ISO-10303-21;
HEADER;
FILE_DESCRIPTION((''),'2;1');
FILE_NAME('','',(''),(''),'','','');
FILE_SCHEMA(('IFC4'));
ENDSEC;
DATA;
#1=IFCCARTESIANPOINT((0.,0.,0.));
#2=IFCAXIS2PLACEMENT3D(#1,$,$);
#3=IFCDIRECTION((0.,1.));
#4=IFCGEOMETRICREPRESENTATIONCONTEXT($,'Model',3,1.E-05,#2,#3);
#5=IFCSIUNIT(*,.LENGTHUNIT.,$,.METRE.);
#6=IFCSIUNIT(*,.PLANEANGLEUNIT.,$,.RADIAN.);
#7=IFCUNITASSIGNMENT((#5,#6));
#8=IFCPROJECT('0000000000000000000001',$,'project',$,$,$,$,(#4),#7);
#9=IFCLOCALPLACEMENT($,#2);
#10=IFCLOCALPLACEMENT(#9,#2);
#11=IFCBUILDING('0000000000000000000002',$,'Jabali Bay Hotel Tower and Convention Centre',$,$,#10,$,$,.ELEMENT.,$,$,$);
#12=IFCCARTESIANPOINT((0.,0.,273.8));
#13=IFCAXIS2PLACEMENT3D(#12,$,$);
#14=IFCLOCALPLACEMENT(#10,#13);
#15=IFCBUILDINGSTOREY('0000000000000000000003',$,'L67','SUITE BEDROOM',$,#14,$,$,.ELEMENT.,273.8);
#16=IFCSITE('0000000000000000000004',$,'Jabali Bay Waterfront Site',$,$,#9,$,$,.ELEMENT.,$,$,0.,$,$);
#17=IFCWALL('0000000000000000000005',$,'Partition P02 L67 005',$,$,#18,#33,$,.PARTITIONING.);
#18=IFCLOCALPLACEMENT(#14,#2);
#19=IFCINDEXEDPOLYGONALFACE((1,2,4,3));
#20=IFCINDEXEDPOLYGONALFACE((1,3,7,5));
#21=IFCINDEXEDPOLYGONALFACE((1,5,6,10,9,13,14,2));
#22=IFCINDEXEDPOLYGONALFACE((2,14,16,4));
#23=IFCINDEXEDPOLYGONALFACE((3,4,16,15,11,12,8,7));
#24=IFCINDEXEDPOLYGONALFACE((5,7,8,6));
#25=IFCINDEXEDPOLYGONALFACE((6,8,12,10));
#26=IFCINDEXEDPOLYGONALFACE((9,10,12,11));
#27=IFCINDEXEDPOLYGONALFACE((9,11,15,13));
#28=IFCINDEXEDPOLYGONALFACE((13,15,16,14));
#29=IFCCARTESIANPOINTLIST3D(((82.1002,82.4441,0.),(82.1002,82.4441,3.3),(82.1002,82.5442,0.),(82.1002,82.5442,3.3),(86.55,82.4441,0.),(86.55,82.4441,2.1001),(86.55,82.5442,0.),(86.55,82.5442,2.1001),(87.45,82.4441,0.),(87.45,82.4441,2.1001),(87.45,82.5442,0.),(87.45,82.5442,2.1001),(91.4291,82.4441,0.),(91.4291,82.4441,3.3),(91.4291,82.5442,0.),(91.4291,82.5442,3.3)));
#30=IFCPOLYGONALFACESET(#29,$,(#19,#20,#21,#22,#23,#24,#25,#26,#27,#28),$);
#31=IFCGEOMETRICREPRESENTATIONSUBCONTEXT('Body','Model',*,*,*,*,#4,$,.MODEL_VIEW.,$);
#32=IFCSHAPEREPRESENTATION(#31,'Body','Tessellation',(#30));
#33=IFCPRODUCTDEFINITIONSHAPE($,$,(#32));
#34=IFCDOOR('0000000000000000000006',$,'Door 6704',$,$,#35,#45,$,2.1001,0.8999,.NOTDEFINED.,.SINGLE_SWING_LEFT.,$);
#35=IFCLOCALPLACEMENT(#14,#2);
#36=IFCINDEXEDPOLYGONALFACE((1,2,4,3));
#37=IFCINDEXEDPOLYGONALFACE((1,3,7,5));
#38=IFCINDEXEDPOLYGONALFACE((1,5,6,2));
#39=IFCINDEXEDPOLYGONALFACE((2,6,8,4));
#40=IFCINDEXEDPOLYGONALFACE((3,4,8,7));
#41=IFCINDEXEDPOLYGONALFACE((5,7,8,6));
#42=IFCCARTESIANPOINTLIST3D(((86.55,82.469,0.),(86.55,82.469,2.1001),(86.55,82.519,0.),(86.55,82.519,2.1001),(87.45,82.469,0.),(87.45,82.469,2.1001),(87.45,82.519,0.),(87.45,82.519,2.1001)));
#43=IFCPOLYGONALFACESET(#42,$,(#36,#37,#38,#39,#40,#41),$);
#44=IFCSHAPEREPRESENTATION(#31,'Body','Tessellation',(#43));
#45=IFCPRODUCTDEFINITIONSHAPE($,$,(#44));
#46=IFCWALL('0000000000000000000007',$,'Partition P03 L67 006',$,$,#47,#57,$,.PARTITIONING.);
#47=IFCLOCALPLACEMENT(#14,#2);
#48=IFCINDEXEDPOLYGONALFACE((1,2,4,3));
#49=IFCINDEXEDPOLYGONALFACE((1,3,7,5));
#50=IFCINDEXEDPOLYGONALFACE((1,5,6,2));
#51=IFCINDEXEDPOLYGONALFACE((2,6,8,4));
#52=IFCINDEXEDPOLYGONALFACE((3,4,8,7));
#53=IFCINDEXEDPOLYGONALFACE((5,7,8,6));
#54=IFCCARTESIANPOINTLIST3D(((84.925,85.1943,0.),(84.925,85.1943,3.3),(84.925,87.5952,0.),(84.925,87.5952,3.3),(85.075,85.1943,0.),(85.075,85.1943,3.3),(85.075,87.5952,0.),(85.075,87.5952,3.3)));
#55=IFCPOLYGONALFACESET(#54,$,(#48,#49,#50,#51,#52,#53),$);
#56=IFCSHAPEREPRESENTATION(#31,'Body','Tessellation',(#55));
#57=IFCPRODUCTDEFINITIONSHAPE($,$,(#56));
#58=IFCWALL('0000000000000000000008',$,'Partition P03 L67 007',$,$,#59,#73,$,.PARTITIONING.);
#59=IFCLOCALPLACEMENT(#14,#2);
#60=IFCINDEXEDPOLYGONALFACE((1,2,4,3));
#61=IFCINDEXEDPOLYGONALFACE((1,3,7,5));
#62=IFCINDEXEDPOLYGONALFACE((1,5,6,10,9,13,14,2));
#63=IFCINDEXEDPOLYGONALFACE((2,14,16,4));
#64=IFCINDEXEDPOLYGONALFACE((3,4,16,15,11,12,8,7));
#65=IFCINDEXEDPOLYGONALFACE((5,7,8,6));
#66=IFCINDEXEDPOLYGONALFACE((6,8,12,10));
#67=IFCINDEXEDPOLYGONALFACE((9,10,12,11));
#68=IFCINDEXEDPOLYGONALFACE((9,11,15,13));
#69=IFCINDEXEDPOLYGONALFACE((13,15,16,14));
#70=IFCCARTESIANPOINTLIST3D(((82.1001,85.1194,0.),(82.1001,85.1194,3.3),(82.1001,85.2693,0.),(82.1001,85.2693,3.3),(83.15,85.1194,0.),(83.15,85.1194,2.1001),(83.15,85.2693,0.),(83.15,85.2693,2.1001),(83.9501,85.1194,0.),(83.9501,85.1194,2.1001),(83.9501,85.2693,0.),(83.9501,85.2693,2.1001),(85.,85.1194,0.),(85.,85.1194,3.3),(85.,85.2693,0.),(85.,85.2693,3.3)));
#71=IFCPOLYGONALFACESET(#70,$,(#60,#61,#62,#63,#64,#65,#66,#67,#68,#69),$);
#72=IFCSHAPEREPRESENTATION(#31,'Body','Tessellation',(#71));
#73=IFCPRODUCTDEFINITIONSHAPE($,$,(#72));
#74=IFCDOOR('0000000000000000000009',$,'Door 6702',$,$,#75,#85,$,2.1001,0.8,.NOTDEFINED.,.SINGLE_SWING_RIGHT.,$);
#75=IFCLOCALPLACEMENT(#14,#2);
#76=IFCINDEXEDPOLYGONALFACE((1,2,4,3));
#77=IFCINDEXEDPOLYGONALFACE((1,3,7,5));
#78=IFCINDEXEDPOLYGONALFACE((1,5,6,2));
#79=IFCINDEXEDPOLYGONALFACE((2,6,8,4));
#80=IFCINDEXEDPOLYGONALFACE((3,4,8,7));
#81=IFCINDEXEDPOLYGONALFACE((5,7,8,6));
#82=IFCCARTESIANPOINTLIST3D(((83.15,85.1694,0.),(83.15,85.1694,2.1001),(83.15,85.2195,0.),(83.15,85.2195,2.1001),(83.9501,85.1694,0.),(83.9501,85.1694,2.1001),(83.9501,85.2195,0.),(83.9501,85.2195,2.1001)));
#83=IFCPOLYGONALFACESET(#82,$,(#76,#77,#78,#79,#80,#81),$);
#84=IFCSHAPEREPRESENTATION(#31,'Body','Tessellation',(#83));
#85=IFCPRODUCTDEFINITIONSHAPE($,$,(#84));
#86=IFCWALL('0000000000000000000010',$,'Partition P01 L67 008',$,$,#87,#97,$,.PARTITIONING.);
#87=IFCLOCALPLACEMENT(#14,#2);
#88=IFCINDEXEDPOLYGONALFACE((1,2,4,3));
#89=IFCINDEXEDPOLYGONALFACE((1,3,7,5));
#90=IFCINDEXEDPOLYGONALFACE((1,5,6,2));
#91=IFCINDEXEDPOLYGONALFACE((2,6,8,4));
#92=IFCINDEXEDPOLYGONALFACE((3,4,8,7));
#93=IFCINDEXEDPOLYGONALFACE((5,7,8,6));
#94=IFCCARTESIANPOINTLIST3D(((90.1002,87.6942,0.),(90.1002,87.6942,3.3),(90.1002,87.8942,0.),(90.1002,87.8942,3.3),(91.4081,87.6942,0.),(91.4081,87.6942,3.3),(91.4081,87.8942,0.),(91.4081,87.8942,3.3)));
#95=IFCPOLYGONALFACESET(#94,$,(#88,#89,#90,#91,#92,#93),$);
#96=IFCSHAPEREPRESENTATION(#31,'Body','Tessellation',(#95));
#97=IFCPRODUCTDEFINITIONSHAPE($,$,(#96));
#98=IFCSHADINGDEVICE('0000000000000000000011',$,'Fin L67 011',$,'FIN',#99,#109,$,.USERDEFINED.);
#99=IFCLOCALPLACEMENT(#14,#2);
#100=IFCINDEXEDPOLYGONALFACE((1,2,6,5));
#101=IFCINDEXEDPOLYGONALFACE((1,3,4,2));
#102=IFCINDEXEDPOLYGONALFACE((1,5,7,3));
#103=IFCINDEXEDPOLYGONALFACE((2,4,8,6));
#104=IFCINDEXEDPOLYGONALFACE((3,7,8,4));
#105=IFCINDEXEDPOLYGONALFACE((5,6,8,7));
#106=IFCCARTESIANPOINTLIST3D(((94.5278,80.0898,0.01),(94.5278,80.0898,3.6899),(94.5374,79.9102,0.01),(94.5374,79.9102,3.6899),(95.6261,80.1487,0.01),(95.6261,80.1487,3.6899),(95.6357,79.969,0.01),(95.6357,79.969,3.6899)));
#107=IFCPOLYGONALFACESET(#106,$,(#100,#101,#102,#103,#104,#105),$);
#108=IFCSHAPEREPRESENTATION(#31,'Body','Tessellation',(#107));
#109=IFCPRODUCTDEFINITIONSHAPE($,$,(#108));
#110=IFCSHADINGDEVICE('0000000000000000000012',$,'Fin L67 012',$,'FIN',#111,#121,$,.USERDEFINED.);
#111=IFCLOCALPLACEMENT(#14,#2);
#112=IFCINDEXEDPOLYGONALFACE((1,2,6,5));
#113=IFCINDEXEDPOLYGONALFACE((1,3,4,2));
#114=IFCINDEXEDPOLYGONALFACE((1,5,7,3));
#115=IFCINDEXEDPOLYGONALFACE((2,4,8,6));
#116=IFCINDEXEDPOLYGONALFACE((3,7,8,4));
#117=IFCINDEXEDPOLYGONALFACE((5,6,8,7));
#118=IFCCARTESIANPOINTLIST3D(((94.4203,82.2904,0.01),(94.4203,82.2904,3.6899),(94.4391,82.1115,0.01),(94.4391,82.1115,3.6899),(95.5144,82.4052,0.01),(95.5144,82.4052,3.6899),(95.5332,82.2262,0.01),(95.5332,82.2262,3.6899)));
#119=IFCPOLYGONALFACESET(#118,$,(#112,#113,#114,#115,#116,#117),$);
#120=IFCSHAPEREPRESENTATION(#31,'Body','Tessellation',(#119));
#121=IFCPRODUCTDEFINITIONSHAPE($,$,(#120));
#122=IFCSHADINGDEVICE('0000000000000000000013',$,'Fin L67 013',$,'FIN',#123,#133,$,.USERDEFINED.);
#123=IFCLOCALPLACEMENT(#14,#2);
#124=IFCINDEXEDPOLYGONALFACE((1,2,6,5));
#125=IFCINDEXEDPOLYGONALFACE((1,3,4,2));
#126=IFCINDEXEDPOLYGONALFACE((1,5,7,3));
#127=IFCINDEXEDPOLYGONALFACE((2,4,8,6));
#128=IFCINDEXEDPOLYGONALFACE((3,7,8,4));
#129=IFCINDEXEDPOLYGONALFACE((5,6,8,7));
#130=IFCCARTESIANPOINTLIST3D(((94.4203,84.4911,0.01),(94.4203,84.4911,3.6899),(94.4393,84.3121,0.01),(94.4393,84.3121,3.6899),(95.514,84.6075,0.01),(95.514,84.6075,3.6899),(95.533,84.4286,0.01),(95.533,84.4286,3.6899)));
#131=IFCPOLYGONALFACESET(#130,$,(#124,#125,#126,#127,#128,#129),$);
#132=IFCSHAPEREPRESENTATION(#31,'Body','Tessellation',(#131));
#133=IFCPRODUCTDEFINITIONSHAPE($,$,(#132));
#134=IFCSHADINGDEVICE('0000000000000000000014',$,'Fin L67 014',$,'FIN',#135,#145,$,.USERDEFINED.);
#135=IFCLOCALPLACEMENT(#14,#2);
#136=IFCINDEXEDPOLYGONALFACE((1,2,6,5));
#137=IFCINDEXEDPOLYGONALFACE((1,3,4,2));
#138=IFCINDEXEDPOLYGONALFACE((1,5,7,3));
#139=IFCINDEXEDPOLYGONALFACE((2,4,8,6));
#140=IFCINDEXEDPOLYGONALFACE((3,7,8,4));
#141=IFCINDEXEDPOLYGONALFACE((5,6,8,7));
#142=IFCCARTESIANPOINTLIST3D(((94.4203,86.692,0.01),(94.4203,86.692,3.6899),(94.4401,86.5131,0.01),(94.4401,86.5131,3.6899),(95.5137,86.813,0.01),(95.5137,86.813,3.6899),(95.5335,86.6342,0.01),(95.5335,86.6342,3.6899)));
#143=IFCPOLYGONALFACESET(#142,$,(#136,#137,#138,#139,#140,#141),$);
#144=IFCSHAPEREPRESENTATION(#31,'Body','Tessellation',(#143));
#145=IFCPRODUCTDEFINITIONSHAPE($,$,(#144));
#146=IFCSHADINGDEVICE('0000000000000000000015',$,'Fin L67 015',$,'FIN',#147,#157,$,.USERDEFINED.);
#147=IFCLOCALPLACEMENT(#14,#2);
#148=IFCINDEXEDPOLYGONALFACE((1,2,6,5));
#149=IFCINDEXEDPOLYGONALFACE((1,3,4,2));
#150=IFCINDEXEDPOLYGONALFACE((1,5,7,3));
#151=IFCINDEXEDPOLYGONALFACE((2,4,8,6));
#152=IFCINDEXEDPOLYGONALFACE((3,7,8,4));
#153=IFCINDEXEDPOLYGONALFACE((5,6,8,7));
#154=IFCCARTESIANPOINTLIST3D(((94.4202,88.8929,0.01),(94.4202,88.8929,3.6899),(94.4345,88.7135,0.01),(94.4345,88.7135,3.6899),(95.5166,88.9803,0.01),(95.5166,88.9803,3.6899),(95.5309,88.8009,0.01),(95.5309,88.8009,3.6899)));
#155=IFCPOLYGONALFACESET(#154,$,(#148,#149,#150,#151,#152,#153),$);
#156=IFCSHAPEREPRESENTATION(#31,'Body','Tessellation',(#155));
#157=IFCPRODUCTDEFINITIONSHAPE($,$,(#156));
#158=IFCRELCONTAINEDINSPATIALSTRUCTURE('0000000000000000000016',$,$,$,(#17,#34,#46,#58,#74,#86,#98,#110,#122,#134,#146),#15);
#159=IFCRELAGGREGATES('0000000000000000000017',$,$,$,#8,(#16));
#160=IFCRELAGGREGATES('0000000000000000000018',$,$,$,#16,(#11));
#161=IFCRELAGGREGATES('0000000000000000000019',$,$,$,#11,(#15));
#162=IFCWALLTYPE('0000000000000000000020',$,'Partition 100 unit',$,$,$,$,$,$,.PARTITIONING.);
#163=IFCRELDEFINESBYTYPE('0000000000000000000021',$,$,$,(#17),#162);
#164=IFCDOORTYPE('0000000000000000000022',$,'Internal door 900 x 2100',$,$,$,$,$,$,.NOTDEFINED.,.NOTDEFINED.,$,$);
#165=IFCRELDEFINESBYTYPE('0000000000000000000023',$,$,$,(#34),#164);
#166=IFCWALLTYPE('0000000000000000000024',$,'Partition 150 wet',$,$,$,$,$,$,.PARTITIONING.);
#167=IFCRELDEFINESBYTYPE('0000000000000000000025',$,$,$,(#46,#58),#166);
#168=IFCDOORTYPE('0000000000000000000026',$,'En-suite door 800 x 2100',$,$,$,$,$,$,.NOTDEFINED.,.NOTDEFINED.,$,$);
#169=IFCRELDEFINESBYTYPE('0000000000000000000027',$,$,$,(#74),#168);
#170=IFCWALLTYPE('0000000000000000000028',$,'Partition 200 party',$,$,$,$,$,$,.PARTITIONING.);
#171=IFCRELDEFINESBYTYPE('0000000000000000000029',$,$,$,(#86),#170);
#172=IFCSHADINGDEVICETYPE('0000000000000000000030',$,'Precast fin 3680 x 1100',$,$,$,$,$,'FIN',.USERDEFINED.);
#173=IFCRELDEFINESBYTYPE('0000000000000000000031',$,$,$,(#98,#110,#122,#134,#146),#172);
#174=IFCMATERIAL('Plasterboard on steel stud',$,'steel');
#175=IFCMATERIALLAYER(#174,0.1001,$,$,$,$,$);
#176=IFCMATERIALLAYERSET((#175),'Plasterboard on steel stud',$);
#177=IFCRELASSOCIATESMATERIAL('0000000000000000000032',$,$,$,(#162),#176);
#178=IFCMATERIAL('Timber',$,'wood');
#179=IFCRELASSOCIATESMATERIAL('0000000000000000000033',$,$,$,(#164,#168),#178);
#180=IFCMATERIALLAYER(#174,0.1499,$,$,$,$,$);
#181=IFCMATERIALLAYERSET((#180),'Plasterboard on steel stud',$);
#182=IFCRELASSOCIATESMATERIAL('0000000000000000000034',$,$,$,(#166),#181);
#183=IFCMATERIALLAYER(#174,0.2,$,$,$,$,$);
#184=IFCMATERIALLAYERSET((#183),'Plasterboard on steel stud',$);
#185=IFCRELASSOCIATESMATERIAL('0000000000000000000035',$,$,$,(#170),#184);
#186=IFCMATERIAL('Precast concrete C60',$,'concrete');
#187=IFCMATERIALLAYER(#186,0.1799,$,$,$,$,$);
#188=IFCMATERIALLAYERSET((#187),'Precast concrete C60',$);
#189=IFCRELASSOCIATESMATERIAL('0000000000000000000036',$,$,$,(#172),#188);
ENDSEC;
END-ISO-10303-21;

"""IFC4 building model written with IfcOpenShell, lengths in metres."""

from ifc_helpers import new_model, si_unit, direction, frame, frame_2d, origin, place, context, subcontext, project, spatial, rectangle, extrude, material, layer, layer_set, type_object, element, fill, save


model = new_model("IFC4")

# Units and contexts
model_context = context("Model", 3, precision=1e-05, world=origin(), true_north=direction((0.0, 1.0)))
body_context = subcontext(model_context, "Body", "Model", "MODEL_VIEW")
ifc_project = project(units=[si_unit("LENGTHUNIT", "METRE"), si_unit("PLANEANGLEUNIT", "RADIAN")], contexts=[model_context])

# Site, building, storey
site_placement = place(None, origin())
site = spatial("IfcSite", under=ifc_project, at=site_placement, Name="Jabali Bay Waterfront Site", CompositionType="ELEMENT", RefElevation=0.0)
building_placement = place(site_placement, origin())
building = spatial("IfcBuilding", under=site, at=building_placement, Name="Jabali Bay Hotel Tower and Convention Centre", CompositionType="ELEMENT")
storey_placement = place(building_placement, frame((0.0, 0.0, 273.8)))
storey = spatial("IfcBuildingStorey", under=building, at=storey_placement, Name="L67", Description="SUITE BEDROOM", CompositionType="ELEMENT", Elevation=273.8)

# Wall, opening, door
ifc_material_1 = material(Name="Plasterboard on steel stud", Category="steel")
ifc_layer_1 = layer(ifc_material_1, 0.1001)
ifc_layer_set_1 = layer_set([ifc_layer_1], Name="Plasterboard on steel stud")
wall_type_1 = type_object("IfcWallType", Name="Partition 100 unit", PredefinedType="PARTITIONING", material=ifc_layer_set_1)
wall_1_placement = place(storey_placement, frame((82.1001, 82.4941, 0.0), z_axis=(0.0, 0.0, 1.0), x_axis=(1.0, 0.0, 0.0)))
wall_1 = element("IfcWall", 1, at=wall_1_placement, inside=storey, type_object=wall_type_1, Name="Partition P02 L67 005", PredefinedType="PARTITIONING", context=body_context, shape_type="SweptSolid", body=[
    extrude(rectangle(XDim=9.3289, YDim=0.1001, at=frame_2d((4.6646, 0.0))), origin(), (0.0, 0.0, 1.0), 3.3),
])
opening_1_placement = place(wall_1_placement, frame((4.45, 0.0, 0.0)))
opening_1 = element("IfcOpeningElement", 2, at=opening_1_placement, cuts=wall_1, PredefinedType="OPENING", context=body_context, shape_type="SweptSolid", body=[
    extrude(rectangle(XDim=0.8999, YDim=2.1001, at=frame_2d((0.45, 1.05))), frame((0.0, 0.0605, 0.0), z_axis=(0.0, -1.0, 0.0), x_axis=(1.0, 0.0, 0.0)), (0.0, 0.0, 1.0), 0.1211),
])
ifc_material_2 = material(Name="Timber", Category="wood")
door_type_1 = type_object("IfcDoorType", Name="Internal door 900 x 2100", OperationType="NOTDEFINED", PredefinedType="NOTDEFINED", material=ifc_material_2)
door_1_placement = place(opening_1_placement, origin())
door_1 = element("IfcDoor", 3, at=door_1_placement, inside=storey, type_object=door_type_1, Name="Door 6704", OperationType="SINGLE_SWING_LEFT", OverallHeight=2.1001, OverallWidth=0.8999, PredefinedType="NOTDEFINED", context=body_context, shape_type="SweptSolid", body=[
    extrude(rectangle(XDim=0.8999, YDim=2.1001, at=frame_2d((0.45, 1.05))), frame((0.0, 0.0249, 0.0), z_axis=(0.0, -1.0, 0.0), x_axis=(1.0, 0.0, 0.0)), (0.0, 0.0, 1.0), 0.05),
])
fill(opening_1, door_1)

# Wall
ifc_layer_2 = layer(ifc_material_1, 0.1499)
ifc_layer_set_2 = layer_set([ifc_layer_2], Name="Plasterboard on steel stud")
wall_type_2 = type_object("IfcWallType", Name="Partition 150 wet", PredefinedType="PARTITIONING", material=ifc_layer_set_2)
wall_2_placement = place(storey_placement, frame((85.0, 87.5952, 0.0), z_axis=(0.0, 0.0, 1.0), x_axis=(0.0, -1.0, 0.0)))
element("IfcWall", 4, at=wall_2_placement, inside=storey, type_object=wall_type_2, Name="Partition P03 L67 006", PredefinedType="PARTITIONING", context=body_context, shape_type="SweptSolid", body=[
    extrude(rectangle(XDim=2.4009, YDim=0.1499, at=frame_2d((1.2004, 0.0))), origin(), (0.0, 0.0, 1.0), 3.3),
])

# Wall, opening, door
wall_3_placement = place(storey_placement, frame((85.0, 85.1943, 0.0), z_axis=(0.0, 0.0, 1.0), x_axis=(-1.0, 0.0, 0.0)))
wall_3 = element("IfcWall", 5, at=wall_3_placement, inside=storey, type_object=wall_type_2, Name="Partition P03 L67 007", PredefinedType="PARTITIONING", context=body_context, shape_type="SweptSolid", body=[
    extrude(rectangle(XDim=2.8999, YDim=0.1499, at=frame_2d((1.45, 0.0))), origin(), (0.0, 0.0, 1.0), 3.3),
])
opening_2_placement = place(wall_3_placement, frame((1.05, 0.0, 0.0)))
opening_2 = element("IfcOpeningElement", 6, at=opening_2_placement, cuts=wall_3, PredefinedType="OPENING", context=body_context, shape_type="SweptSolid", body=[
    extrude(rectangle(XDim=0.8, YDim=2.1001, at=frame_2d((0.3999, 1.05))), frame((0.0, 0.0854, 0.0), z_axis=(0.0, -1.0, 0.0), x_axis=(1.0, 0.0, 0.0)), (0.0, 0.0, 1.0), 0.1709),
])
door_type_2 = type_object("IfcDoorType", Name="En-suite door 800 x 2100", OperationType="NOTDEFINED", PredefinedType="NOTDEFINED", material=ifc_material_2)
door_2_placement = place(opening_2_placement, origin())
door_2 = element("IfcDoor", 7, at=door_2_placement, inside=storey, type_object=door_type_2, Name="Door 6702", OperationType="SINGLE_SWING_RIGHT", OverallHeight=2.1001, OverallWidth=0.8, PredefinedType="NOTDEFINED", context=body_context, shape_type="SweptSolid", body=[
    extrude(rectangle(XDim=0.8, YDim=2.1001, at=frame_2d((0.3999, 1.05))), frame((0.0, 0.0249, 0.0), z_axis=(0.0, -1.0, 0.0), x_axis=(1.0, 0.0, 0.0)), (0.0, 0.0, 1.0), 0.05),
])
fill(opening_2, door_2)

# Wall
ifc_layer_3 = layer(ifc_material_1, 0.2)
ifc_layer_set_3 = layer_set([ifc_layer_3], Name="Plasterboard on steel stud")
wall_type_3 = type_object("IfcWallType", Name="Partition 200 party", PredefinedType="PARTITIONING", material=ifc_layer_set_3)
wall_4_placement = place(storey_placement, frame((91.408, 87.7942, 0.0), z_axis=(0.0, 0.0, 1.0), x_axis=(-1.0, 0.0, 0.0)))
element("IfcWall", 8, at=wall_4_placement, inside=storey, type_object=wall_type_3, Name="Partition P01 L67 008", PredefinedType="PARTITIONING", context=body_context, shape_type="SweptSolid", body=[
    extrude(rectangle(XDim=1.3079, YDim=0.2, at=frame_2d((0.6538, 0.0))), origin(), (0.0, 0.0, 1.0), 3.3),
])

# Shading devices
ifc_material_3 = material(Name="Precast concrete C60", Category="concrete")
ifc_layer_4 = layer(ifc_material_3, 0.1799)
ifc_layer_set_4 = layer_set([ifc_layer_4], Name="Precast concrete C60")
shading_device_type = type_object("IfcShadingDeviceType", Name="Precast fin 3680 x 1100", ElementType="FIN", PredefinedType="USERDEFINED", material=ifc_layer_set_4)
shading_device_1_placement = place(storey_placement, frame((94.5327, 80.0, 0.01), z_axis=(0.0, 0.0, 1.0), x_axis=(0.998568, 0.053491, 0.0)))
element("IfcShadingDevice", 9, at=shading_device_1_placement, inside=storey, type_object=shading_device_type, Name="Fin L67 011", ObjectType="FIN", PredefinedType="USERDEFINED", context=body_context, shape_type="SweptSolid", body=[
    extrude(rectangle(XDim=1.0999, YDim=0.1799, at=frame_2d((0.5498, 0.0))), origin(), (0.0, 0.0, 1.0), 3.6799),
])
shading_device_2_placement = place(storey_placement, frame((94.4297, 82.2009, 0.01), z_axis=(0.0, 0.0, 1.0), x_axis=(0.994544, 0.104315, 0.0)))
element("IfcShadingDevice", 10, at=shading_device_2_placement, inside=storey, type_object=shading_device_type, Name="Fin L67 012", ObjectType="FIN", PredefinedType="USERDEFINED", context=body_context, shape_type="SweptSolid", body=[
    extrude(rectangle(XDim=1.1001, YDim=0.1799, at=frame_2d((0.55, 0.0))), origin(), (0.0, 0.0, 1.0), 3.6799),
])
shading_device_3_placement = place(storey_placement, frame((94.4299, 84.4016, 0.01), z_axis=(0.0, 0.0, 1.0), x_axis=(0.994379, 0.105875, 0.0)))
element("IfcShadingDevice", 11, at=shading_device_3_placement, inside=storey, type_object=shading_device_type, Name="Fin L67 013", ObjectType="FIN", PredefinedType="USERDEFINED", context=body_context, shape_type="SweptSolid", body=[
    extrude(rectangle(XDim=1.0999, YDim=0.1799, at=frame_2d((0.5498, 0.0))), origin(), (0.0, 0.0, 1.0), 3.6799),
])
shading_device_4_placement = place(storey_placement, frame((94.4302, 86.6025, 0.01), z_axis=(0.0, 0.0, 1.0), x_axis=(0.993924, 0.110066, 0.0)))
element("IfcShadingDevice", 12, at=shading_device_4_placement, inside=storey, type_object=shading_device_type, Name="Fin L67 014", ObjectType="FIN", PredefinedType="USERDEFINED", context=body_context, shape_type="SweptSolid", body=[
    extrude(rectangle(XDim=1.1001, YDim=0.1799, at=frame_2d((0.55, 0.0))), origin(), (0.0, 0.0, 1.0), 3.6799),
])
shading_device_5_placement = place(storey_placement, frame((94.4275, 88.8032, 0.01), z_axis=(0.0, 0.0, 1.0), x_axis=(0.996838, 0.079463, 0.0)))
element("IfcShadingDevice", 13, at=shading_device_5_placement, inside=storey, type_object=shading_device_type, Name="Fin L67 015", ObjectType="FIN", PredefinedType="USERDEFINED", context=body_context, shape_type="SweptSolid", body=[
    extrude(rectangle(XDim=1.0999, YDim=0.1799, at=frame_2d((0.5498, 0.0))), origin(), (0.0, 0.0, 1.0), 3.6799),
])

save(model, "model.ifc")
